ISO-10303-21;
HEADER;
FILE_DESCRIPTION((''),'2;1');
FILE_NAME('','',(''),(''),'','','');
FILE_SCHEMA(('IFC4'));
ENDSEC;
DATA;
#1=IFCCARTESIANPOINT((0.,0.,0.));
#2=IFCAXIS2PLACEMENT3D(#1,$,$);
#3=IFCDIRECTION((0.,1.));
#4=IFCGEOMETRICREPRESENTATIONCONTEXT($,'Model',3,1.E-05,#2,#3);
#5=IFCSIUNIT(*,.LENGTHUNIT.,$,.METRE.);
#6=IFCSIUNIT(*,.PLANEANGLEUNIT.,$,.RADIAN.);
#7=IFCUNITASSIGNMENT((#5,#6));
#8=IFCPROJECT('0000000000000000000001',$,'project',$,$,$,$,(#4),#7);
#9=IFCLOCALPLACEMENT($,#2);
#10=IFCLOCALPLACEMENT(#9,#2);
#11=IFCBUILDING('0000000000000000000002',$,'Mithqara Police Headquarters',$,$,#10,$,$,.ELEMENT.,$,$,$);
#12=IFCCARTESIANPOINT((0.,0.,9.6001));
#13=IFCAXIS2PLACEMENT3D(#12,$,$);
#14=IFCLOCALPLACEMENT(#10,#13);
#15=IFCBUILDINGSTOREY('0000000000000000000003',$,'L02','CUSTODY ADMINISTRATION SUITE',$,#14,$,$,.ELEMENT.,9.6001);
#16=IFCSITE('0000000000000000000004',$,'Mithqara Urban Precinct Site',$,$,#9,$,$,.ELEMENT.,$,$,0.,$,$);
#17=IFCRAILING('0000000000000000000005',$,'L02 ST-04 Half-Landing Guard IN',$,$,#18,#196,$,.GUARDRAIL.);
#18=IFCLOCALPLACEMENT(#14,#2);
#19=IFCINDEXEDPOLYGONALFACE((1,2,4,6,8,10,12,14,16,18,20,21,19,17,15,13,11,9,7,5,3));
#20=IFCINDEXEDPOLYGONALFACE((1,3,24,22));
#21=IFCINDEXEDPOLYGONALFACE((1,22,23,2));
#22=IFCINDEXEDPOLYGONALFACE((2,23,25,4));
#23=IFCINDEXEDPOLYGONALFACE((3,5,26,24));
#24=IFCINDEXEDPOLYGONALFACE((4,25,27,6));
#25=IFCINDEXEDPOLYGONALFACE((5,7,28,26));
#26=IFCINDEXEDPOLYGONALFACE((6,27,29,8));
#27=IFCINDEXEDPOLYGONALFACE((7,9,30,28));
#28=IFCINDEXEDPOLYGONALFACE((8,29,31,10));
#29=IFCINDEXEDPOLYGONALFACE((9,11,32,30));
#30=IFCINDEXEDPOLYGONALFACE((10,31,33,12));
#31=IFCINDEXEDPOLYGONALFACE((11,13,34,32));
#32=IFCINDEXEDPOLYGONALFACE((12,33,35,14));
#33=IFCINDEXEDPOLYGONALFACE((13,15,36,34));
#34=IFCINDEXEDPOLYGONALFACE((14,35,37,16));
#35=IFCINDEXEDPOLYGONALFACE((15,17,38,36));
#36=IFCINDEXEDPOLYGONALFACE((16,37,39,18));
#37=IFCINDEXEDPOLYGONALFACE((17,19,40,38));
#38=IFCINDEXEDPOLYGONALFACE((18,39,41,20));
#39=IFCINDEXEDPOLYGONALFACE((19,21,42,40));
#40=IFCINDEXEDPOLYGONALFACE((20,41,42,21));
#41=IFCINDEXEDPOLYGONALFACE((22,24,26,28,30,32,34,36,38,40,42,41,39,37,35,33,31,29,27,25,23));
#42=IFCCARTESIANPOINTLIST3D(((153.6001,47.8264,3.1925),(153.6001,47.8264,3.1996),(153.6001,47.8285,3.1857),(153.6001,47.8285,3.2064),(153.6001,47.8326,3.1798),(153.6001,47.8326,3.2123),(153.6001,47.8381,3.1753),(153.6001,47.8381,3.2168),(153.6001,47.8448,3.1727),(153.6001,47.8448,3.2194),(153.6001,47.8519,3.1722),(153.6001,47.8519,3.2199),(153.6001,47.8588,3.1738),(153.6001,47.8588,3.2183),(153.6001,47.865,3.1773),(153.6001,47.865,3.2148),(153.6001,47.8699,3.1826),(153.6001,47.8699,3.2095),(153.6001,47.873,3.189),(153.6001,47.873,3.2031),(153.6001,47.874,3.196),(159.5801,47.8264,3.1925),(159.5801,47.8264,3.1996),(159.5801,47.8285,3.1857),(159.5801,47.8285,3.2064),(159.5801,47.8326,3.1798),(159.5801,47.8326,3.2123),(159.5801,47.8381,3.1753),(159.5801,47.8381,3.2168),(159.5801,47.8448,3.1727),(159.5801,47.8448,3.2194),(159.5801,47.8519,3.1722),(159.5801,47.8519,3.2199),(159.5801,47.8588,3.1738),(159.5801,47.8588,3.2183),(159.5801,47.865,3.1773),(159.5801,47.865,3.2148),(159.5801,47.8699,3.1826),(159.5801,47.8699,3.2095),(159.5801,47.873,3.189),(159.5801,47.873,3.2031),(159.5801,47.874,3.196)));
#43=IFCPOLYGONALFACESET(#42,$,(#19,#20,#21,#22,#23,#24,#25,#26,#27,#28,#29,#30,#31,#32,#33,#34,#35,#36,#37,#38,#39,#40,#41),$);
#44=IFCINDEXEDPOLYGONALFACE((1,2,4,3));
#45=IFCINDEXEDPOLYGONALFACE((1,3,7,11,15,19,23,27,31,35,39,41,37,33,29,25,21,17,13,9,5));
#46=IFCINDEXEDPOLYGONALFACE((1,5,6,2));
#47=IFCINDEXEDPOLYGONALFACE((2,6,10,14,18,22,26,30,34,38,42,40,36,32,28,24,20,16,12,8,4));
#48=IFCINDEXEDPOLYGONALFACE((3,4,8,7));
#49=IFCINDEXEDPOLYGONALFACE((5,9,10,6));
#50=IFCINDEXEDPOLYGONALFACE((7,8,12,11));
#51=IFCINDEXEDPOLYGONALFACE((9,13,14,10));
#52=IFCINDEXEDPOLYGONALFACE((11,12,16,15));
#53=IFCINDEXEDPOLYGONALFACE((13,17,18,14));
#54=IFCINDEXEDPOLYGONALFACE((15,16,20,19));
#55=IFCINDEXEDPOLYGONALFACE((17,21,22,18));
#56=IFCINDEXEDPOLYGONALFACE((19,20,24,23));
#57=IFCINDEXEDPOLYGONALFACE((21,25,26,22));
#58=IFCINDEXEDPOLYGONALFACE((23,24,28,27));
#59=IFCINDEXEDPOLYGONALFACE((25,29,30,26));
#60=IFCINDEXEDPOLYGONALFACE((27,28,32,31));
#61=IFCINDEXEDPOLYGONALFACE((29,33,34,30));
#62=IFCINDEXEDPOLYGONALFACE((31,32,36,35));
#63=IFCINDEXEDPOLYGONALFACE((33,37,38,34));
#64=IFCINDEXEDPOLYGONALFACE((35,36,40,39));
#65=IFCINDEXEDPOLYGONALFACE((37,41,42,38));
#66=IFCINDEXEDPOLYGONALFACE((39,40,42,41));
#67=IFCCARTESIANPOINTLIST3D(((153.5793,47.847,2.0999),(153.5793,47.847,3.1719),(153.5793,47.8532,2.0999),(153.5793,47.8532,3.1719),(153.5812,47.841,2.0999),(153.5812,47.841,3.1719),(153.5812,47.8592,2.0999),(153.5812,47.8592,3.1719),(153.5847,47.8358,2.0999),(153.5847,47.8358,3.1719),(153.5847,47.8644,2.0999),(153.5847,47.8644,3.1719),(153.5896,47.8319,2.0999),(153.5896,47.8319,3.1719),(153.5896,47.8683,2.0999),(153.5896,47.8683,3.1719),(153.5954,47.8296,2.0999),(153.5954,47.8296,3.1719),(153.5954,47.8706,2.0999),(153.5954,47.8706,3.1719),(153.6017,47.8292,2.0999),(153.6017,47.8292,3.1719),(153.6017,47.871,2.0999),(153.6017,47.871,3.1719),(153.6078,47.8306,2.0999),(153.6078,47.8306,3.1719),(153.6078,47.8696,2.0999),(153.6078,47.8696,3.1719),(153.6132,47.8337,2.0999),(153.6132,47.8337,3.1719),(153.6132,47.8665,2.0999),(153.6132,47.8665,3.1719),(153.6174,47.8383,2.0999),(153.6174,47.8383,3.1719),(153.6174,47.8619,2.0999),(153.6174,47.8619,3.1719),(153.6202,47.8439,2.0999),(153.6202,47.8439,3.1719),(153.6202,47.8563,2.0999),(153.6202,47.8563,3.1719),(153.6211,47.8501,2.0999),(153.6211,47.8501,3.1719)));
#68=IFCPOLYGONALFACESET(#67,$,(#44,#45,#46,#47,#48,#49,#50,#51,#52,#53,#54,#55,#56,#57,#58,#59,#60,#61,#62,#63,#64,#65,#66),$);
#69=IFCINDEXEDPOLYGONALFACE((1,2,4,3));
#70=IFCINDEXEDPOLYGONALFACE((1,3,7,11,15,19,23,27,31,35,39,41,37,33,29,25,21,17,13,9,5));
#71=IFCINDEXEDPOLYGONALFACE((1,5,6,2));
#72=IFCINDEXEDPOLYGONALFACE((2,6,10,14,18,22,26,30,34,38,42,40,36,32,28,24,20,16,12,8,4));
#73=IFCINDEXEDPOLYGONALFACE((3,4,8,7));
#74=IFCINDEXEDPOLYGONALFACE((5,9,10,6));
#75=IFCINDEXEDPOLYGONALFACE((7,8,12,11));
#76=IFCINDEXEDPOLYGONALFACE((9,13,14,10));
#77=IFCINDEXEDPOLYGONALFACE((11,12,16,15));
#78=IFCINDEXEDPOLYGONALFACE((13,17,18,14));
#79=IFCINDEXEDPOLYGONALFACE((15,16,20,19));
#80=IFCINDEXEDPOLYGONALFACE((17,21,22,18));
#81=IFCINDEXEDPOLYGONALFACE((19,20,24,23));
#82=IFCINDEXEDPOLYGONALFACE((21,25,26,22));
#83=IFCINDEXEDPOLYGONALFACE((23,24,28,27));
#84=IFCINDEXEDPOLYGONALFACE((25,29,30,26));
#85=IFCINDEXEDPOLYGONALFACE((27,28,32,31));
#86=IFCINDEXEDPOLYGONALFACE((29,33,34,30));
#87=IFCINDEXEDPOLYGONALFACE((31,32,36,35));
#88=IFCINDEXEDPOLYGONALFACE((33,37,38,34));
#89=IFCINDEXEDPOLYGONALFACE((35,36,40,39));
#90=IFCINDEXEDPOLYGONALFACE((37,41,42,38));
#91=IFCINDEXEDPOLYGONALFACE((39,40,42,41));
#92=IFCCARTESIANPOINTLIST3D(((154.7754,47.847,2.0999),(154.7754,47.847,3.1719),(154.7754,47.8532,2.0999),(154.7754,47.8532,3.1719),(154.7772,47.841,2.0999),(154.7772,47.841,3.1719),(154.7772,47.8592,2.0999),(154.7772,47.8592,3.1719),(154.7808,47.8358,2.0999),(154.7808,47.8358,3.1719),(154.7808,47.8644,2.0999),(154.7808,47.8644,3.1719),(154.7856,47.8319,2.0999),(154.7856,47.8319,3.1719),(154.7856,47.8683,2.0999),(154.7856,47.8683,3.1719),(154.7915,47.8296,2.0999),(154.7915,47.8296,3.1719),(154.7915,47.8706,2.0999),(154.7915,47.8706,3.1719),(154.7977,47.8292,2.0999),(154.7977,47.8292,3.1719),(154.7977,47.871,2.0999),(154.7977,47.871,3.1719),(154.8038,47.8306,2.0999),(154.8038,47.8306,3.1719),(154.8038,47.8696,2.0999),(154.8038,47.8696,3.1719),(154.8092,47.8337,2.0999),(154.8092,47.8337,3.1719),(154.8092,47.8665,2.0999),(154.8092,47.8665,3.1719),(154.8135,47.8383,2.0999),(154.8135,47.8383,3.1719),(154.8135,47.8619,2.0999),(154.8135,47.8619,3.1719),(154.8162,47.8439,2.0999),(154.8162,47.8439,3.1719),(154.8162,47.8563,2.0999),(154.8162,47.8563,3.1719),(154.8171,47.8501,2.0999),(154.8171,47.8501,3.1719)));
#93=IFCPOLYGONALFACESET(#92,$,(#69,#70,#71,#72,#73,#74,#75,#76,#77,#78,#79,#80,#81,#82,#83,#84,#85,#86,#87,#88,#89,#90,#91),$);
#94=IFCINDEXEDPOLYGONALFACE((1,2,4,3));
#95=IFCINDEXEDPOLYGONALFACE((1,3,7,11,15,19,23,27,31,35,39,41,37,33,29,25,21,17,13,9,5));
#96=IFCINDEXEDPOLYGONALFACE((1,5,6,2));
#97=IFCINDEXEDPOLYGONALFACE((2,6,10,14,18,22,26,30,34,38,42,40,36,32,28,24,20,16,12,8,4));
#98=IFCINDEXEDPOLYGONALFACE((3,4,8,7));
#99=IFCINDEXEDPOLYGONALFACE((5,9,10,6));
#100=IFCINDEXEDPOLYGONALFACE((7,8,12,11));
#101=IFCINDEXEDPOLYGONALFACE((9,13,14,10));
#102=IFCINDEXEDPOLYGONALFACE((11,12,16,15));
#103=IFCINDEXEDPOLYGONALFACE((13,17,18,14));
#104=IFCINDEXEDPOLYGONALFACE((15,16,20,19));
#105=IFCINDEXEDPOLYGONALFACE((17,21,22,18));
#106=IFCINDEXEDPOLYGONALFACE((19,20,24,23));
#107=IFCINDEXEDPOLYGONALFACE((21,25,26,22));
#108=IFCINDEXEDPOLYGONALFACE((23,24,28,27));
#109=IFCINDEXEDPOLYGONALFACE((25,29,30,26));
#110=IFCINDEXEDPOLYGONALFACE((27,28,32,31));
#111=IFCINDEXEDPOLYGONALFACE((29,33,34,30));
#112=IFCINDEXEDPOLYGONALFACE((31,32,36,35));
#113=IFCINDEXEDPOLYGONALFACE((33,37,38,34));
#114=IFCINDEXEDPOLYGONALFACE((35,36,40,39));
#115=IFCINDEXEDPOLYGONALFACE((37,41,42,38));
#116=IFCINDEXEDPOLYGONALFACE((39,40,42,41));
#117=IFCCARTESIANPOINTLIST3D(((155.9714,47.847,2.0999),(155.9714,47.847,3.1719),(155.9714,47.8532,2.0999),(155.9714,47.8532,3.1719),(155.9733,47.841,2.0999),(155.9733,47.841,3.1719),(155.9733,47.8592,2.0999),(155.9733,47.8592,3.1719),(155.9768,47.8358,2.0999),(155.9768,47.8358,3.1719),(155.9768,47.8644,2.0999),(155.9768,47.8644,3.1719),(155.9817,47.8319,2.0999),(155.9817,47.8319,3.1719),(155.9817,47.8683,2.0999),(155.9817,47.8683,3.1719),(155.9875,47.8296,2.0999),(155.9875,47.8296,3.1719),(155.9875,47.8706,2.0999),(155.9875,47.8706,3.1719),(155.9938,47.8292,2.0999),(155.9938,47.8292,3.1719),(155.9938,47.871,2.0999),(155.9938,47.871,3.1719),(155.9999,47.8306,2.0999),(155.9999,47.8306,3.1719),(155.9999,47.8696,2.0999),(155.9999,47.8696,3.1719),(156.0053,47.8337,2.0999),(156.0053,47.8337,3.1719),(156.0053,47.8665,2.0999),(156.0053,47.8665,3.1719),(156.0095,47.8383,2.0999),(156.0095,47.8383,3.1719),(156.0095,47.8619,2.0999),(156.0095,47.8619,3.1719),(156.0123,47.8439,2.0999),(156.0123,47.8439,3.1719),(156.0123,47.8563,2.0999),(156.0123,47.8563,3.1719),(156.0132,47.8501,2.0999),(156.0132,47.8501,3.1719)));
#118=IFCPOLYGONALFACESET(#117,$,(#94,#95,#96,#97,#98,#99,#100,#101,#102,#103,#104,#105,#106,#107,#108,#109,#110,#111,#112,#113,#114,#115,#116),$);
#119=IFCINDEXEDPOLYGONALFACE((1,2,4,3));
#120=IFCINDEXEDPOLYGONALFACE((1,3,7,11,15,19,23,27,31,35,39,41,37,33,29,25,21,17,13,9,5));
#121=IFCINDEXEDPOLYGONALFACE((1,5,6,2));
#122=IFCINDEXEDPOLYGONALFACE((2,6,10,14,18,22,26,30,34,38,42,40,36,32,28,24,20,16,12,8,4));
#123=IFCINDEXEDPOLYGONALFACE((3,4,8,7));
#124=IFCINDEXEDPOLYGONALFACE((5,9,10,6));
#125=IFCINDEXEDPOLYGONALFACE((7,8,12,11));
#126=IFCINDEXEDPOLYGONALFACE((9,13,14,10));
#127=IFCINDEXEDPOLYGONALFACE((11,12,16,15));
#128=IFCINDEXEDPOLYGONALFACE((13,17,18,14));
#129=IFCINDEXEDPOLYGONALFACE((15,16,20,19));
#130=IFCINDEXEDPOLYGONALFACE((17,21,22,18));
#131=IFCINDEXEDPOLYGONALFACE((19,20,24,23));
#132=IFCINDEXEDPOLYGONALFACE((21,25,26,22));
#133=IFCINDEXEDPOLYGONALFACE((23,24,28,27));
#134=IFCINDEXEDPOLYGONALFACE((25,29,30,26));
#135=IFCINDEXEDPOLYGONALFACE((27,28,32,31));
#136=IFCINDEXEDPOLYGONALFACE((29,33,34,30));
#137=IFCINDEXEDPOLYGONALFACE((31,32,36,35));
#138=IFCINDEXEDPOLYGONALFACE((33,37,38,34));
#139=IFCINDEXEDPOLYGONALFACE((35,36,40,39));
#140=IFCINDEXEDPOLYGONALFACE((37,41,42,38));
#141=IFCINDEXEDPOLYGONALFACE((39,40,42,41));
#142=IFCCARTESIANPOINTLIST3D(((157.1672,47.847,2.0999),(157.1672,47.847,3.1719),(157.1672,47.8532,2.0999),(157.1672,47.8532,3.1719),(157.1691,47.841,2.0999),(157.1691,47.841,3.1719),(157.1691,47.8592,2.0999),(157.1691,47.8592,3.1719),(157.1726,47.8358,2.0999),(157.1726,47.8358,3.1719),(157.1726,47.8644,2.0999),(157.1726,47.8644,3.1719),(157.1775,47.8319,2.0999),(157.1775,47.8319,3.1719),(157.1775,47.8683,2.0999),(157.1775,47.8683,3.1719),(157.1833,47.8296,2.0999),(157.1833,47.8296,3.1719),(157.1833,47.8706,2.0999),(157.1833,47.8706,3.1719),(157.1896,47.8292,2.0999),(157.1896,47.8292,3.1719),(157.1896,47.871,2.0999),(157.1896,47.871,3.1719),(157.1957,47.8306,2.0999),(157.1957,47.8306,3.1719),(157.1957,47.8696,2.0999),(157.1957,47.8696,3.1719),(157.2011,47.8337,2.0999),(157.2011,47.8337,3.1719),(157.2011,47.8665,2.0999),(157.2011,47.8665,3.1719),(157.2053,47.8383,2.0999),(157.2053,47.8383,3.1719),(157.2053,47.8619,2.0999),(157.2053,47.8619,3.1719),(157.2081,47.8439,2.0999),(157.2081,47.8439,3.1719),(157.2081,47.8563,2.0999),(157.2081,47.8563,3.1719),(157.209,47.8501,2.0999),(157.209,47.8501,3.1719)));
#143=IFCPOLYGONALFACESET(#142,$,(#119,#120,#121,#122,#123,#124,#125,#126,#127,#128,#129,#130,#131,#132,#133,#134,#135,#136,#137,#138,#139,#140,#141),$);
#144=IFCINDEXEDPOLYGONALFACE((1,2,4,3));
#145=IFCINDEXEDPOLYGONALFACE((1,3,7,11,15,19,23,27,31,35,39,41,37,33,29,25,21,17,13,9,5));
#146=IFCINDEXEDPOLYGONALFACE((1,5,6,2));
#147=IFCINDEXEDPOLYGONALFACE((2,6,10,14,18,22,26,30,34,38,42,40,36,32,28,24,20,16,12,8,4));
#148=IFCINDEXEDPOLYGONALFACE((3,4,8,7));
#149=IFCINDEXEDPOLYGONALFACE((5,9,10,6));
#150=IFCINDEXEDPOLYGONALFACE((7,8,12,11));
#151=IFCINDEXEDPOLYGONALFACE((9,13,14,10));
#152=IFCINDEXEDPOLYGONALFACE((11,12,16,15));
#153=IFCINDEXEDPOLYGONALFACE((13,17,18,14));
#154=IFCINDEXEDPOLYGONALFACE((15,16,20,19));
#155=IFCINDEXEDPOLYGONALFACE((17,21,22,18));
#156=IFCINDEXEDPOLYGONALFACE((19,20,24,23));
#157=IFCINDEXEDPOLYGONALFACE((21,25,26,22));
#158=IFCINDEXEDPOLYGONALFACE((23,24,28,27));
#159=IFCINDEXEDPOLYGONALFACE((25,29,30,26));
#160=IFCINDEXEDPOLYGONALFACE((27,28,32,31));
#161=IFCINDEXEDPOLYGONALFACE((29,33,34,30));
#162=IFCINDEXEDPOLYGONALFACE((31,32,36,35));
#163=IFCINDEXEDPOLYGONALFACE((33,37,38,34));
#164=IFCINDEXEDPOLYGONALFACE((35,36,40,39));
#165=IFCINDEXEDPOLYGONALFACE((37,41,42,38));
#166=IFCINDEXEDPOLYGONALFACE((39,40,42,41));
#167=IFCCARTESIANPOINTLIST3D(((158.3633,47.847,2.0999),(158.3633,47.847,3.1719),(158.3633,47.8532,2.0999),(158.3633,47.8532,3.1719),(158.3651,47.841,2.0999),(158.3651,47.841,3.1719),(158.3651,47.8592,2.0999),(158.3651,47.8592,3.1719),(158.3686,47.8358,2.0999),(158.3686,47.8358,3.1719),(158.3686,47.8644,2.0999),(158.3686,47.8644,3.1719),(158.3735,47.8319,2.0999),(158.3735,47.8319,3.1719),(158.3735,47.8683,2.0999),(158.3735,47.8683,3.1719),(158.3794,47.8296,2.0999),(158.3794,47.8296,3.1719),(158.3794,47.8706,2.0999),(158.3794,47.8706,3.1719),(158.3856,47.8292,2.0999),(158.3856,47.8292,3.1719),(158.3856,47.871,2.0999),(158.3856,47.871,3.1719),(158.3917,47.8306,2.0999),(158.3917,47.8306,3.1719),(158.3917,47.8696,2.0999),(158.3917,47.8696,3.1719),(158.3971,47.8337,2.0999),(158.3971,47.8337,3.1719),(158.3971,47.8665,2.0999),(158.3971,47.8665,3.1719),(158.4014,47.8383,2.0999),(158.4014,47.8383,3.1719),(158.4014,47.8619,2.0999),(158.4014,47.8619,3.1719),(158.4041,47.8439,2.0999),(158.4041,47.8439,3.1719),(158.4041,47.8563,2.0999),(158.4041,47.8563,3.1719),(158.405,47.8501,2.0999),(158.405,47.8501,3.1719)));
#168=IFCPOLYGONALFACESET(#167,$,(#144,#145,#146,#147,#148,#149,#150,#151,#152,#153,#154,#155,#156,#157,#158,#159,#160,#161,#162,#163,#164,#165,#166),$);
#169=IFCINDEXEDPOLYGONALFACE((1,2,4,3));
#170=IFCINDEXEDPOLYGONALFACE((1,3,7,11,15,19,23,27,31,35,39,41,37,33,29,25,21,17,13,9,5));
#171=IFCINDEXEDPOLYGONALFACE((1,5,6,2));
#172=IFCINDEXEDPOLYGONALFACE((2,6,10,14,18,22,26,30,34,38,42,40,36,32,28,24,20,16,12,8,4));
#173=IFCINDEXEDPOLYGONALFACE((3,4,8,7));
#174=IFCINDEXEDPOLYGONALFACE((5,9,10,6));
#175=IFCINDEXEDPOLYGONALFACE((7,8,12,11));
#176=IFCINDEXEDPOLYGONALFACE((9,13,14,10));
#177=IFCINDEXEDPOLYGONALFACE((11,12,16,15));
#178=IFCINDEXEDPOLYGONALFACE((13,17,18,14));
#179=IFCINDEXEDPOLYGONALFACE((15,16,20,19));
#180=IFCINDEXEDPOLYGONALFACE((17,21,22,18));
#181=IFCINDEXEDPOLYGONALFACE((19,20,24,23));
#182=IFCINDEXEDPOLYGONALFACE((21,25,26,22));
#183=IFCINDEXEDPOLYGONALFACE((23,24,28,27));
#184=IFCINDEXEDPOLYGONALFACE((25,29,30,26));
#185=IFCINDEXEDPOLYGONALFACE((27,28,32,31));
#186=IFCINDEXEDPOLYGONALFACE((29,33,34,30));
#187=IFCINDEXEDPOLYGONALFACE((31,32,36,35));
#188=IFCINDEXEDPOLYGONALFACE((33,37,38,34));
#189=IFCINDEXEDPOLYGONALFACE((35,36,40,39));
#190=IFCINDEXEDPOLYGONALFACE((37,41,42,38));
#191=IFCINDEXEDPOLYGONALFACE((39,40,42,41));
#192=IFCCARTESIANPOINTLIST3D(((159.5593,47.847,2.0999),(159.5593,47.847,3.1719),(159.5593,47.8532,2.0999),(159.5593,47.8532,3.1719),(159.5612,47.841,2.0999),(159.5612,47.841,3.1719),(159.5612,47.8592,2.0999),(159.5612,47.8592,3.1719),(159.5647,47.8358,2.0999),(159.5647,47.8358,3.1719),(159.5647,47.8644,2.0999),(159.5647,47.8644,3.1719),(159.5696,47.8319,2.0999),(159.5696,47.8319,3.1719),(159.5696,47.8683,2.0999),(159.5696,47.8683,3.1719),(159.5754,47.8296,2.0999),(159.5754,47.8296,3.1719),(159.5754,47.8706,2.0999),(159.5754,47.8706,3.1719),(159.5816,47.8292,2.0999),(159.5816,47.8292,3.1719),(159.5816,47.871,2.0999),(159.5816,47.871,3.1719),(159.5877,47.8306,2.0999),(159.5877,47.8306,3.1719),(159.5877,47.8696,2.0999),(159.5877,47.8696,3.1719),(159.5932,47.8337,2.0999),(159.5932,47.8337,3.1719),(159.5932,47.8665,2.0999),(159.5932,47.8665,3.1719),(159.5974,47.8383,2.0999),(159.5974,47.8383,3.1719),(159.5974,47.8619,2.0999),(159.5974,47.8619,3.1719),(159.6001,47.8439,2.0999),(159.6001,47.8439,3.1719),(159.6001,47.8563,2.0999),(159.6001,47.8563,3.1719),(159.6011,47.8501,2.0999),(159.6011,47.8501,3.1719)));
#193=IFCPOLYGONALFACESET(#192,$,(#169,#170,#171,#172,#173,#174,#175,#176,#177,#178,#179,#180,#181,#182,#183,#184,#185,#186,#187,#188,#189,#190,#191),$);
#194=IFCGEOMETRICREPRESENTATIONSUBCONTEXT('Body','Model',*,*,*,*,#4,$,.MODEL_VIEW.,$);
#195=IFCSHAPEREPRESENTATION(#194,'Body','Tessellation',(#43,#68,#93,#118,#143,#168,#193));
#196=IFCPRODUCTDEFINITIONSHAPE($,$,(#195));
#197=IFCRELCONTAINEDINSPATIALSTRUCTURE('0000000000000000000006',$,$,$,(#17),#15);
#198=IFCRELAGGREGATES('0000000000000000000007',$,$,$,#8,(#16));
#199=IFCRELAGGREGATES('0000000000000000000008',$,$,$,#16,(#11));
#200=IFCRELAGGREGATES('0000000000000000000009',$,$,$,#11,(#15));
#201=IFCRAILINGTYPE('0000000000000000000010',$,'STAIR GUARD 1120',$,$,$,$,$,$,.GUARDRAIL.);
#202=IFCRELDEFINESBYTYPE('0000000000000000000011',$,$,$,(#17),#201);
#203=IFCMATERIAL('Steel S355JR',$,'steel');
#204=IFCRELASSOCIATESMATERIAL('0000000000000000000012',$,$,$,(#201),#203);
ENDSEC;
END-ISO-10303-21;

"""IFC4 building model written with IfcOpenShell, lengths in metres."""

from ifc_helpers import new_model, si_unit, direction, frame, origin, origin_2d, place, context, subcontext, project, spatial, circle, extrude, material, type_object, element, save


model = new_model("IFC4")

# Units and contexts
model_context = context("Model", 3, precision=1e-05, world=origin(), true_north=direction((0.0, 1.0)))
body_context = subcontext(model_context, "Body", "Model", "MODEL_VIEW")
ifc_project = project(units=[si_unit("LENGTHUNIT", "METRE"), si_unit("PLANEANGLEUNIT", "RADIAN")], contexts=[model_context])

# Site, building, storey
site_placement = place(None, origin())
site = spatial("IfcSite", under=ifc_project, at=site_placement, Name="Mithqara Urban Precinct Site", CompositionType="ELEMENT", RefElevation=0.0)
building_placement = place(site_placement, origin())
building = spatial("IfcBuilding", under=site, at=building_placement, Name="Mithqara Police Headquarters", CompositionType="ELEMENT")
storey_placement = place(building_placement, frame((0.0, 0.0, 9.6001)))
storey = spatial("IfcBuildingStorey", under=building, at=storey_placement, Name="L02", Description="CUSTODY ADMINISTRATION SUITE", CompositionType="ELEMENT", Elevation=9.6001)

# Shared definitions
ifc_material_1 = material(Name="Steel S355JR", Category="steel")

# Railing
railing_type_1 = type_object("IfcRailingType", Name="STAIR GUARD 1120", PredefinedType="GUARDRAIL", material=ifc_material_1)
railing_1_placement = place(storey_placement, frame((153.6001, 47.8501, 2.0999)))
element("IfcRailing", 1, at=railing_1_placement, inside=storey, type_object=railing_type_1, Name="L02 ST-04 Half-Landing Guard IN", PredefinedType="GUARDRAIL", context=body_context, shape_type="SweptSolid", body=[
    extrude(circle(Radius=0.0239, at=origin_2d()), frame((0.0, 0.0, 1.0962), z_axis=(1.0, 0.0, 0.0), x_axis=(0.0, 1.0, 0.0)), (0.0, 0.0, 1.0), 5.98),
    extrude(circle(Radius=0.021, at=origin_2d()), origin(), (0.0, 0.0, 1.0), 1.072),
    extrude(circle(Radius=0.021, at=origin_2d()), frame((1.196, 0.0, 0.0)), (0.0, 0.0, 1.0), 1.072),
    extrude(circle(Radius=0.021, at=origin_2d()), frame((2.3921, 0.0, 0.0)), (0.0, 0.0, 1.0), 1.072),
    extrude(circle(Radius=0.021, at=origin_2d()), frame((3.5879, 0.0, 0.0)), (0.0, 0.0, 1.0), 1.072),
    extrude(circle(Radius=0.021, at=origin_2d()), frame((4.7839, 0.0, 0.0)), (0.0, 0.0, 1.0), 1.072),
    extrude(circle(Radius=0.021, at=origin_2d()), frame((5.98, 0.0, 0.0)), (0.0, 0.0, 1.0), 1.072),
])

save(model, "model.ifc")
